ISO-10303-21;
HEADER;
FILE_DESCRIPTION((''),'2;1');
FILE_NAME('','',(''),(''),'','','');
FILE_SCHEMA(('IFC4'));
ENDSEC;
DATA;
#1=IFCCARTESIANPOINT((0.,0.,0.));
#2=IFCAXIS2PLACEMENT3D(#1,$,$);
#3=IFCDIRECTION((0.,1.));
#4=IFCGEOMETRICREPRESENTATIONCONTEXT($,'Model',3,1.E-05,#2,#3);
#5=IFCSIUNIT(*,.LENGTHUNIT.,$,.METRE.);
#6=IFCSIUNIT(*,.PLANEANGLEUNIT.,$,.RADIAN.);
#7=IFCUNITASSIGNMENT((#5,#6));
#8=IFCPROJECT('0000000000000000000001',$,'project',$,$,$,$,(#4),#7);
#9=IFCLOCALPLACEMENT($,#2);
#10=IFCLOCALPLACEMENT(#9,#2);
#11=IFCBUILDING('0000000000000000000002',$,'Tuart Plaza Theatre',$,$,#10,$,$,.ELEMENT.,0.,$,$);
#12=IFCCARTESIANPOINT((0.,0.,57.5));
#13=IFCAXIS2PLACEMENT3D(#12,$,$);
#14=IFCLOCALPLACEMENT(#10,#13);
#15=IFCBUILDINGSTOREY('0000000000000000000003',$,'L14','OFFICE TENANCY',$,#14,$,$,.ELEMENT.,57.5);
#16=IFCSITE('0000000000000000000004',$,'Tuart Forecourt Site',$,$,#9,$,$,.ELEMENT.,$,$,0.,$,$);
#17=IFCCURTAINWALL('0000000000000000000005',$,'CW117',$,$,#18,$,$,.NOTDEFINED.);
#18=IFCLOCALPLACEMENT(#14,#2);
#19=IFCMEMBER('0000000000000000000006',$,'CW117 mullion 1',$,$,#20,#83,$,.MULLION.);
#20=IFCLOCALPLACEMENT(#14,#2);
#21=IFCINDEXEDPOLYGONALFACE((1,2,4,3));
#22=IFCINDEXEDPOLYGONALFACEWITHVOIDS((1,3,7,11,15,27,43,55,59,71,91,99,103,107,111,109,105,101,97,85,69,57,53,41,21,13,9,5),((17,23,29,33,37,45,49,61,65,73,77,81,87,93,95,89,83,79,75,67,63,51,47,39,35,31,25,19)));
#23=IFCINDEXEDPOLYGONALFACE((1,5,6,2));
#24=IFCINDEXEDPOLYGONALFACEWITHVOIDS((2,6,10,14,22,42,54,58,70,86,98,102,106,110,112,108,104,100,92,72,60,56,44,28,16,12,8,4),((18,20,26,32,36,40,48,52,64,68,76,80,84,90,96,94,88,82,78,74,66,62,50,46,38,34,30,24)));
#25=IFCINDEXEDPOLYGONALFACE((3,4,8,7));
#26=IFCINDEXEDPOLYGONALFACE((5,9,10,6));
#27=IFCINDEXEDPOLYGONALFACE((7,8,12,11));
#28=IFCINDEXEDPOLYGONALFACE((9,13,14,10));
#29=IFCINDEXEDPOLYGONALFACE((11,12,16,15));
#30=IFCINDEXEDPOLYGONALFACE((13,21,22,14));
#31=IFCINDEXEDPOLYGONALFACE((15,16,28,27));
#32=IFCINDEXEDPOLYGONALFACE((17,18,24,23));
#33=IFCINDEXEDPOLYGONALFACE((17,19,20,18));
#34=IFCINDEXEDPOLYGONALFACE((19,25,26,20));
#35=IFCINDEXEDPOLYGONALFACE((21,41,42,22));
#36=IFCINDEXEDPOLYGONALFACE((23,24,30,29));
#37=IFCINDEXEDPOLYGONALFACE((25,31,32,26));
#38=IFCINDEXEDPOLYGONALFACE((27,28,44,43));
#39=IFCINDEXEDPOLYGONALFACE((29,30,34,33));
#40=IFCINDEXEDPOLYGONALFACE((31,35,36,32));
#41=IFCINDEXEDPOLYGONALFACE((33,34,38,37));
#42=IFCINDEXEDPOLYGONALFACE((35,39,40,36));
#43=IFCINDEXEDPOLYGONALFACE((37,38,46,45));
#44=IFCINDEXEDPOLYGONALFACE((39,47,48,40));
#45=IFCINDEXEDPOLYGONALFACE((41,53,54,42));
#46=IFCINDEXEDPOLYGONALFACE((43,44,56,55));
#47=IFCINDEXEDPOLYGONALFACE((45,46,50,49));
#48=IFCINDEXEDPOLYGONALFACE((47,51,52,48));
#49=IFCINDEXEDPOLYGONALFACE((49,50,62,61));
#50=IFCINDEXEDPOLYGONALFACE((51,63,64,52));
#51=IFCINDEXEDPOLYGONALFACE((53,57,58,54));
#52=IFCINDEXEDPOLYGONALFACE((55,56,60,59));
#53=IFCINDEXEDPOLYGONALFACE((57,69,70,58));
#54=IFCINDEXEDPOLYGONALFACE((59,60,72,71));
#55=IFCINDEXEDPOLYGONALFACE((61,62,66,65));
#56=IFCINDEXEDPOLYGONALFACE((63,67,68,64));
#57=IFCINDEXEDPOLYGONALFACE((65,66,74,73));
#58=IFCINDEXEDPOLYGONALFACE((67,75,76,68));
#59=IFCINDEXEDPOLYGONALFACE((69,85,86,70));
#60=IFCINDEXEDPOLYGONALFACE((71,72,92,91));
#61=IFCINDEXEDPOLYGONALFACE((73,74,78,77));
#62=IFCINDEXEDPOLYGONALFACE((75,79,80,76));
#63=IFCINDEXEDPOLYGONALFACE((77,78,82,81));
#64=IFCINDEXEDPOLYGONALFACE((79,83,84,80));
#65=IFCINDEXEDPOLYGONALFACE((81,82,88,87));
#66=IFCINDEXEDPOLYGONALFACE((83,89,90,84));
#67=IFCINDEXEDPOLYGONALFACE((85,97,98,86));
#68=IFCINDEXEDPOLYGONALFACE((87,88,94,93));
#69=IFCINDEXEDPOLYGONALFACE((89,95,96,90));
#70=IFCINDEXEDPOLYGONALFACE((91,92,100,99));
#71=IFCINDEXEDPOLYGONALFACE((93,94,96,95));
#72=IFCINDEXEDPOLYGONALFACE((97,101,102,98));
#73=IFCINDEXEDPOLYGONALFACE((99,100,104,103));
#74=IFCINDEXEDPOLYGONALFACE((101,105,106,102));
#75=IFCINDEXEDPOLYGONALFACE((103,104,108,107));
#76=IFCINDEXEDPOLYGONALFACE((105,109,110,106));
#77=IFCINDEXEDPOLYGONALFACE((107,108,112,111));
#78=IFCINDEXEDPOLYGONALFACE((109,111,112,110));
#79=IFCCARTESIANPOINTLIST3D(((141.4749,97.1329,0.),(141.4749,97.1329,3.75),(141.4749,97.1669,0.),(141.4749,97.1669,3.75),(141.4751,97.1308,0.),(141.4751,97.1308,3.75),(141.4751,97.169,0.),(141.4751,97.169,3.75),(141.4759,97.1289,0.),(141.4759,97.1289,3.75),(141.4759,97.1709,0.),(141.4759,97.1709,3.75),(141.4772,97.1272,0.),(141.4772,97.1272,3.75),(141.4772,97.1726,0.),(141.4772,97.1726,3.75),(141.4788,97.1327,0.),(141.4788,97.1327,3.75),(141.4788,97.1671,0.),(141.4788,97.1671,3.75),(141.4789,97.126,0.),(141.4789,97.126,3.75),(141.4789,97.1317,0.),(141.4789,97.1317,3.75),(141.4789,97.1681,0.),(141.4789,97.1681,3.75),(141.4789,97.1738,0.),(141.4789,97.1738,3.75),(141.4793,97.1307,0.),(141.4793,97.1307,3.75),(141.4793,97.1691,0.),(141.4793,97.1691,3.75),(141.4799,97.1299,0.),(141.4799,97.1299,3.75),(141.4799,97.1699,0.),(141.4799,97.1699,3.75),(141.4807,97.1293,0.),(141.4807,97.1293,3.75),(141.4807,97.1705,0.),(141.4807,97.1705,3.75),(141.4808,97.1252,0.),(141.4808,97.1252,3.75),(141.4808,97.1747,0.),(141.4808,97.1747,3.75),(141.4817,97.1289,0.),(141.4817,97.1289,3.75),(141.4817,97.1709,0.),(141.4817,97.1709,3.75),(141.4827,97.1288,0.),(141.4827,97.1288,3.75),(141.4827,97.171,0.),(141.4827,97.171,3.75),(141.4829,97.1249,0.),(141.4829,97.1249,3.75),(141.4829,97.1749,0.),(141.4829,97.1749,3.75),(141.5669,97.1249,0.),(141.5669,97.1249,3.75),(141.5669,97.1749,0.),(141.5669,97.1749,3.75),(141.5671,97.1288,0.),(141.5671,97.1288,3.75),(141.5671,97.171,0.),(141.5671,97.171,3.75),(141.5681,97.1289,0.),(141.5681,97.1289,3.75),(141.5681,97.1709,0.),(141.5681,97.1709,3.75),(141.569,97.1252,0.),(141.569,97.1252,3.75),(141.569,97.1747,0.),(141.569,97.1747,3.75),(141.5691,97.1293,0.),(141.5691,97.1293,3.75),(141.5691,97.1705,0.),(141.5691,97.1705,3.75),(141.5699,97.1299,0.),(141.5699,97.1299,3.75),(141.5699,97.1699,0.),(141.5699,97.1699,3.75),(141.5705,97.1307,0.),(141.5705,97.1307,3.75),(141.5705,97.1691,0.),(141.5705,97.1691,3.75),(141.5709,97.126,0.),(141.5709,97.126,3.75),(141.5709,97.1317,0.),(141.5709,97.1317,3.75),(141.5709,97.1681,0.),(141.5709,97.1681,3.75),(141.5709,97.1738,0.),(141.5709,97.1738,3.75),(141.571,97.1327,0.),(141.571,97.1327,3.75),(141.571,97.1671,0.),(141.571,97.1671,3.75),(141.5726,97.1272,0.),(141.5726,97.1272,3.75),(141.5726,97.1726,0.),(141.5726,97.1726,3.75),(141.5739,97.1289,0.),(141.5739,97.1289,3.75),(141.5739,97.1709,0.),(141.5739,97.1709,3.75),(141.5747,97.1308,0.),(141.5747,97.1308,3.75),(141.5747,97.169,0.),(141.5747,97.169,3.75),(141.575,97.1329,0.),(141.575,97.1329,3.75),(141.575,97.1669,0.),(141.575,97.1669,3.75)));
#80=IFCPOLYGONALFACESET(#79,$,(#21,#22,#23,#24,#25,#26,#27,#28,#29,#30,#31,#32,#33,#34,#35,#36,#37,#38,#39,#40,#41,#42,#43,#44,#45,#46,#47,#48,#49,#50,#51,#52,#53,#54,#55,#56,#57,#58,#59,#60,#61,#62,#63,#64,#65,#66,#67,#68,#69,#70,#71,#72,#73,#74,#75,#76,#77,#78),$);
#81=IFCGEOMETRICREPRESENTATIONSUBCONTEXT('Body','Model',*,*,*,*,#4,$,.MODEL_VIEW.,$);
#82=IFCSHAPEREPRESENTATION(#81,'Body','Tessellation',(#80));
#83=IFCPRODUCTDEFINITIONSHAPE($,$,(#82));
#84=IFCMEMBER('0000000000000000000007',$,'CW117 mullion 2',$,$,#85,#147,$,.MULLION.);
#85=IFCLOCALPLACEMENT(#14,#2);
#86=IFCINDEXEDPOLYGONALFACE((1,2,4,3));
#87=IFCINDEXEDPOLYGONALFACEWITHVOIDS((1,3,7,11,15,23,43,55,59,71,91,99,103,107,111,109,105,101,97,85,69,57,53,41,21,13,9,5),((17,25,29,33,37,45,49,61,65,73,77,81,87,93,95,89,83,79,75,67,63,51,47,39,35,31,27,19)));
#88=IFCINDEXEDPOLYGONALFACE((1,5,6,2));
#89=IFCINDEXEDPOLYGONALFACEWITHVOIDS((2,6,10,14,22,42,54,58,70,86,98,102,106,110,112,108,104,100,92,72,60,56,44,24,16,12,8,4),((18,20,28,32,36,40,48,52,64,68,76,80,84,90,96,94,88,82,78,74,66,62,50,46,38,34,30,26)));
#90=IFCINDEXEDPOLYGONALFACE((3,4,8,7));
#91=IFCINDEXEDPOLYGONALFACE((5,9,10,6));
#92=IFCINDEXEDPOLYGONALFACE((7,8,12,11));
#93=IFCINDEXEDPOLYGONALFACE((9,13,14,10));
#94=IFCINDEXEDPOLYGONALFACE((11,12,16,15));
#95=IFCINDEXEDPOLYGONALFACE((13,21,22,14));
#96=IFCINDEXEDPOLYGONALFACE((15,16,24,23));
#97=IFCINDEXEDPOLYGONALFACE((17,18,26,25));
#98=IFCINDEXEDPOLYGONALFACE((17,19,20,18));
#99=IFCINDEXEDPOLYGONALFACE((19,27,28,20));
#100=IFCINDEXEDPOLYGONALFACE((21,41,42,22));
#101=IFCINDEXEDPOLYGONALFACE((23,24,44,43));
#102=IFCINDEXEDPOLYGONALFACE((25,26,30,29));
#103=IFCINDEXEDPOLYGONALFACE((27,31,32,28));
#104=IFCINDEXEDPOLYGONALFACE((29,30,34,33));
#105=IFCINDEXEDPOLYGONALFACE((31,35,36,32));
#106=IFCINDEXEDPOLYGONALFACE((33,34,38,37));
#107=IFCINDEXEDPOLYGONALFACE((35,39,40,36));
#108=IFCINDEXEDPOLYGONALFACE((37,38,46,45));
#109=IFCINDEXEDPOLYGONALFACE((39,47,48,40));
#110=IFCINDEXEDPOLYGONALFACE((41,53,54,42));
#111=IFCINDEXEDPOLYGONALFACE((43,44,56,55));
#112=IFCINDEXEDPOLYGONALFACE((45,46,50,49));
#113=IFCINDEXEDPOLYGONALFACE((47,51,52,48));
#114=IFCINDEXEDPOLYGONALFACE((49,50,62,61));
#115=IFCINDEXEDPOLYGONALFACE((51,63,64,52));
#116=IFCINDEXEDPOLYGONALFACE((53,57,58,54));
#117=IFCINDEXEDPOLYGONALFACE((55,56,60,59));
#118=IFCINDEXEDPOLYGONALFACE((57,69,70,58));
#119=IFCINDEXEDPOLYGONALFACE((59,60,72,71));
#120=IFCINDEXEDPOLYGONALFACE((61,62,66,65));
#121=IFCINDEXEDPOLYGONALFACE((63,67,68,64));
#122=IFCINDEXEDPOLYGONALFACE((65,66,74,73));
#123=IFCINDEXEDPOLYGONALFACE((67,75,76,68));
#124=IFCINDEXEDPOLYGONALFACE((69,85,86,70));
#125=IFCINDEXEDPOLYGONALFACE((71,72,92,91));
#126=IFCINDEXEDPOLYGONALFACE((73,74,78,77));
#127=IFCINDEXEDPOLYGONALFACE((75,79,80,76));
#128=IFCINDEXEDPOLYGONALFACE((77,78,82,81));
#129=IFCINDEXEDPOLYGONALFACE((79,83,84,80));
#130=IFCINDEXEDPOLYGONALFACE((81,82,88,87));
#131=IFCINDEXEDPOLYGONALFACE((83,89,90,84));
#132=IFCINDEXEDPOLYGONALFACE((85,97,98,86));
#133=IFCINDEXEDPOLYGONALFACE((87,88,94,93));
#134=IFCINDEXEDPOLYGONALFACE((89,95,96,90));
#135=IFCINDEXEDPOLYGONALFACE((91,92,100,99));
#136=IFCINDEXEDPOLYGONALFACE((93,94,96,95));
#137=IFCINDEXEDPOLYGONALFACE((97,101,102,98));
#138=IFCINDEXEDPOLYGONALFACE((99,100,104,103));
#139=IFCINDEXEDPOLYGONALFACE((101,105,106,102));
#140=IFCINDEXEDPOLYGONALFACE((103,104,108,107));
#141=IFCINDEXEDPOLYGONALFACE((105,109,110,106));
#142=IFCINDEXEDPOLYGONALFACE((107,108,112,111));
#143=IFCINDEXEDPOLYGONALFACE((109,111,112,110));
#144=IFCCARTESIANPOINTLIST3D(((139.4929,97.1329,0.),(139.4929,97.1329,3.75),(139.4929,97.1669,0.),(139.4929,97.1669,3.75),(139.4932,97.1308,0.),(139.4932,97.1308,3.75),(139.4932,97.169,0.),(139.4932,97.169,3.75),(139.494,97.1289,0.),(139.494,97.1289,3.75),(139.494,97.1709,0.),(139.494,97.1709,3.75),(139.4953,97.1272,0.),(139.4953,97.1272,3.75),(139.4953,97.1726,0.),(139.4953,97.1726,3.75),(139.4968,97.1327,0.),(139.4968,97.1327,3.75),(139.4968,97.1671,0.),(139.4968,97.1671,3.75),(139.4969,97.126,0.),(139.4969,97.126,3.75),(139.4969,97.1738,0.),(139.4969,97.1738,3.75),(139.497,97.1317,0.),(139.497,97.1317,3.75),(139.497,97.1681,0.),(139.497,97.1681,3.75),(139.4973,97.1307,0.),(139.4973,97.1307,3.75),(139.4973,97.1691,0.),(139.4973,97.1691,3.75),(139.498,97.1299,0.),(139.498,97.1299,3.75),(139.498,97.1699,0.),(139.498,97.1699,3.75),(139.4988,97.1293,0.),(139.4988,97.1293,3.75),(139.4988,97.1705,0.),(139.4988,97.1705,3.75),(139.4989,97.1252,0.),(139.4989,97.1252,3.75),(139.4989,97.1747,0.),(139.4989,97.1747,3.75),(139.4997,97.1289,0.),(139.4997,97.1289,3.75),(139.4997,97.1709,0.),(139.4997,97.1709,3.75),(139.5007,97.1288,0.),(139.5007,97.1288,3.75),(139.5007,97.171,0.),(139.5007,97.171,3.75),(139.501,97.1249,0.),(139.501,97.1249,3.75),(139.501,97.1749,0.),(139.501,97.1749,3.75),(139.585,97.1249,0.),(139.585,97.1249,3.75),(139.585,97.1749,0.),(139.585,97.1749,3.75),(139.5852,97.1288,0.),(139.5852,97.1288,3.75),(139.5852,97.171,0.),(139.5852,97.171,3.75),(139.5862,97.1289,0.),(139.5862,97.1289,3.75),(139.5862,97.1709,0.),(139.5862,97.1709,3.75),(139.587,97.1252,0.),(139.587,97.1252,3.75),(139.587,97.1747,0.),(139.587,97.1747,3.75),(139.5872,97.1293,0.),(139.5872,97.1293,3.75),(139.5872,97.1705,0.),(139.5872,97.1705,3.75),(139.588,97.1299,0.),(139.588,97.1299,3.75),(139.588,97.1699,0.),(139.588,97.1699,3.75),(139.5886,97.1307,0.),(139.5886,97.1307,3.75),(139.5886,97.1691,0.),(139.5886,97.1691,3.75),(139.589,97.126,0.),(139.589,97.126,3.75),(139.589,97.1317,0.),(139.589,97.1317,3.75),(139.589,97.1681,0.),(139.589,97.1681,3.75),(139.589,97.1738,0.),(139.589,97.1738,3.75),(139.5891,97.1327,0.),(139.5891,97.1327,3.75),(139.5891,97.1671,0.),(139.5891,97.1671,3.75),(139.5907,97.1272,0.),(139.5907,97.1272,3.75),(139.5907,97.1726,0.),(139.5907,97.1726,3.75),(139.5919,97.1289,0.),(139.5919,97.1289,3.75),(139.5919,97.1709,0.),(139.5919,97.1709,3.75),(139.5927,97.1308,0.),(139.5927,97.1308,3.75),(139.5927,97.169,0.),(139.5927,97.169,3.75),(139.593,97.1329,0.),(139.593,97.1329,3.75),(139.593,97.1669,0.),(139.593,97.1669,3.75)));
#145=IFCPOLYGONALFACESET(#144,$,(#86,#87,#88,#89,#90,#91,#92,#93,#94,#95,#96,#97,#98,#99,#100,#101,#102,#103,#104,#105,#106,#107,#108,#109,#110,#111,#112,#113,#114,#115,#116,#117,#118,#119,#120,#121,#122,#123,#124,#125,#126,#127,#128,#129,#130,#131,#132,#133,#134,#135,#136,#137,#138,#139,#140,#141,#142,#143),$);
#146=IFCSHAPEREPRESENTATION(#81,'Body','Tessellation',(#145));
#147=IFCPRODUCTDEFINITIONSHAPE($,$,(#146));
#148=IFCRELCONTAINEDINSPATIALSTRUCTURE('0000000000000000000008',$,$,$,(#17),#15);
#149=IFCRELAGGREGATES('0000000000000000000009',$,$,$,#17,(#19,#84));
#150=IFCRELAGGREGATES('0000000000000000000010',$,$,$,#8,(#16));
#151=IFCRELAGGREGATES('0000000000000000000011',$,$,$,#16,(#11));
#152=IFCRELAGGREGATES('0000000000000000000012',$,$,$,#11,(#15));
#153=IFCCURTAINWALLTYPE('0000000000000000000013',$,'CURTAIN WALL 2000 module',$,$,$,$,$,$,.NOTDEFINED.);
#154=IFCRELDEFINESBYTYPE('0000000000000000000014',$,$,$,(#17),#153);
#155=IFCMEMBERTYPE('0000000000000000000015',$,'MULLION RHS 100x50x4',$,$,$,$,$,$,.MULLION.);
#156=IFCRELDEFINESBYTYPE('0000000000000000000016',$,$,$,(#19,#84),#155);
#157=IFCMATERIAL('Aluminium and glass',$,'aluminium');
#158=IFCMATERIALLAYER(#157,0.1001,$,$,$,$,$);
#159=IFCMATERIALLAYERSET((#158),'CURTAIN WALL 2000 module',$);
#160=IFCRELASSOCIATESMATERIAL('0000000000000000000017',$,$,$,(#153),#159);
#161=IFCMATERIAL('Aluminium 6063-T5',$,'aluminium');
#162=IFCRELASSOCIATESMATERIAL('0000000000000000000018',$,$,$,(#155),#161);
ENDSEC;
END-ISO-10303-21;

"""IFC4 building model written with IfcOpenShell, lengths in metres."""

from ifc_helpers import new_model, si_unit, direction, frame, origin, origin_2d, place, context, subcontext, project, spatial, hollow_rectangle, extrude, material, layer, layer_set, material_profile, profile_set, type_object, element, aggregate, save


model = new_model("IFC4")

# Units and contexts
model_context = context("Model", 3, precision=1e-05, world=origin(), true_north=direction((0.0, 1.0)))
body_context = subcontext(model_context, "Body", "Model", "MODEL_VIEW")
ifc_project = project(units=[si_unit("LENGTHUNIT", "METRE"), si_unit("PLANEANGLEUNIT", "RADIAN")], contexts=[model_context])

# Site, building, storey
site_placement = place(None, origin())
site = spatial("IfcSite", under=ifc_project, at=site_placement, Name="Tuart Forecourt Site", CompositionType="ELEMENT", RefElevation=0.0)
building_placement = place(site_placement, origin())
building = spatial("IfcBuilding", under=site, at=building_placement, Name="Tuart Plaza Theatre", CompositionType="ELEMENT", ElevationOfRefHeight=0.0)
storey_placement = place(building_placement, frame((0.0, 0.0, 57.5)))
storey = spatial("IfcBuildingStorey", under=building, at=storey_placement, Name="L14", Description="OFFICE TENANCY", CompositionType="ELEMENT", Elevation=57.5)

# Curtain wall, members
ifc_material_1 = material(Name="Aluminium and glass", Category="aluminium")
ifc_layer_1 = layer(ifc_material_1, 0.1001)
ifc_layer_set_1 = layer_set([ifc_layer_1], Name="CURTAIN WALL 2000 module")
curtain_wall_type = type_object("IfcCurtainWallType", Name="CURTAIN WALL 2000 module", PredefinedType="NOTDEFINED", material=ifc_layer_set_1)
ifc_material_2 = material(Name="Aluminium 6063-T5", Category="aluminium")
ifc_material_profile_1 = material_profile(ifc_material_2, hollow_rectangle(XDim=0.05, YDim=0.1001, WallThickness=0.0039, InnerFilletRadius=0.0039, OuterFilletRadius=0.0081, at=origin_2d()), Name="RHS 100x50x4")
ifc_profile_set_1 = profile_set([ifc_material_profile_1], Name="Aluminium 6063-T5")
member_type_1 = type_object("IfcMemberType", Name="MULLION RHS 100x50x4", PredefinedType="MULLION", material=ifc_profile_set_1)
curtain_wall_1_placement = place(storey_placement, origin())
curtain_wall_1 = element("IfcCurtainWall", 1, at=curtain_wall_1_placement, inside=storey, type_object=curtain_wall_type, Name="CW117", PredefinedType="NOTDEFINED")
member_1_placement = place(storey_placement, frame((141.5249, 97.1499, 0.0), z_axis=(0.0, 0.0, 1.0), x_axis=(0.0, -1.0, 0.0)))
member_1 = element("IfcMember", 2, at=member_1_placement, type_object=member_type_1, Name="CW117 mullion 1", PredefinedType="MULLION", context=body_context, shape_type="SweptSolid", body=[
    extrude(hollow_rectangle(XDim=0.05, YDim=0.1001, WallThickness=0.0039, InnerFilletRadius=0.0039, OuterFilletRadius=0.0081, at=origin_2d()), origin(), (0.0, 0.0, 1.0), 3.75),
])
member_2_placement = place(storey_placement, frame((139.543, 97.1499, 0.0), z_axis=(0.0, 0.0, 1.0), x_axis=(0.0, -1.0, 0.0)))
member_2 = element("IfcMember", 3, at=member_2_placement, type_object=member_type_1, Name="CW117 mullion 2", PredefinedType="MULLION", context=body_context, shape_type="SweptSolid", body=[
    extrude(hollow_rectangle(XDim=0.05, YDim=0.1001, WallThickness=0.0039, InnerFilletRadius=0.0039, OuterFilletRadius=0.0081, at=origin_2d()), origin(), (0.0, 0.0, 1.0), 3.75),
])

aggregate(curtain_wall_1, [member_1, member_2])

save(model, "model.ifc")
